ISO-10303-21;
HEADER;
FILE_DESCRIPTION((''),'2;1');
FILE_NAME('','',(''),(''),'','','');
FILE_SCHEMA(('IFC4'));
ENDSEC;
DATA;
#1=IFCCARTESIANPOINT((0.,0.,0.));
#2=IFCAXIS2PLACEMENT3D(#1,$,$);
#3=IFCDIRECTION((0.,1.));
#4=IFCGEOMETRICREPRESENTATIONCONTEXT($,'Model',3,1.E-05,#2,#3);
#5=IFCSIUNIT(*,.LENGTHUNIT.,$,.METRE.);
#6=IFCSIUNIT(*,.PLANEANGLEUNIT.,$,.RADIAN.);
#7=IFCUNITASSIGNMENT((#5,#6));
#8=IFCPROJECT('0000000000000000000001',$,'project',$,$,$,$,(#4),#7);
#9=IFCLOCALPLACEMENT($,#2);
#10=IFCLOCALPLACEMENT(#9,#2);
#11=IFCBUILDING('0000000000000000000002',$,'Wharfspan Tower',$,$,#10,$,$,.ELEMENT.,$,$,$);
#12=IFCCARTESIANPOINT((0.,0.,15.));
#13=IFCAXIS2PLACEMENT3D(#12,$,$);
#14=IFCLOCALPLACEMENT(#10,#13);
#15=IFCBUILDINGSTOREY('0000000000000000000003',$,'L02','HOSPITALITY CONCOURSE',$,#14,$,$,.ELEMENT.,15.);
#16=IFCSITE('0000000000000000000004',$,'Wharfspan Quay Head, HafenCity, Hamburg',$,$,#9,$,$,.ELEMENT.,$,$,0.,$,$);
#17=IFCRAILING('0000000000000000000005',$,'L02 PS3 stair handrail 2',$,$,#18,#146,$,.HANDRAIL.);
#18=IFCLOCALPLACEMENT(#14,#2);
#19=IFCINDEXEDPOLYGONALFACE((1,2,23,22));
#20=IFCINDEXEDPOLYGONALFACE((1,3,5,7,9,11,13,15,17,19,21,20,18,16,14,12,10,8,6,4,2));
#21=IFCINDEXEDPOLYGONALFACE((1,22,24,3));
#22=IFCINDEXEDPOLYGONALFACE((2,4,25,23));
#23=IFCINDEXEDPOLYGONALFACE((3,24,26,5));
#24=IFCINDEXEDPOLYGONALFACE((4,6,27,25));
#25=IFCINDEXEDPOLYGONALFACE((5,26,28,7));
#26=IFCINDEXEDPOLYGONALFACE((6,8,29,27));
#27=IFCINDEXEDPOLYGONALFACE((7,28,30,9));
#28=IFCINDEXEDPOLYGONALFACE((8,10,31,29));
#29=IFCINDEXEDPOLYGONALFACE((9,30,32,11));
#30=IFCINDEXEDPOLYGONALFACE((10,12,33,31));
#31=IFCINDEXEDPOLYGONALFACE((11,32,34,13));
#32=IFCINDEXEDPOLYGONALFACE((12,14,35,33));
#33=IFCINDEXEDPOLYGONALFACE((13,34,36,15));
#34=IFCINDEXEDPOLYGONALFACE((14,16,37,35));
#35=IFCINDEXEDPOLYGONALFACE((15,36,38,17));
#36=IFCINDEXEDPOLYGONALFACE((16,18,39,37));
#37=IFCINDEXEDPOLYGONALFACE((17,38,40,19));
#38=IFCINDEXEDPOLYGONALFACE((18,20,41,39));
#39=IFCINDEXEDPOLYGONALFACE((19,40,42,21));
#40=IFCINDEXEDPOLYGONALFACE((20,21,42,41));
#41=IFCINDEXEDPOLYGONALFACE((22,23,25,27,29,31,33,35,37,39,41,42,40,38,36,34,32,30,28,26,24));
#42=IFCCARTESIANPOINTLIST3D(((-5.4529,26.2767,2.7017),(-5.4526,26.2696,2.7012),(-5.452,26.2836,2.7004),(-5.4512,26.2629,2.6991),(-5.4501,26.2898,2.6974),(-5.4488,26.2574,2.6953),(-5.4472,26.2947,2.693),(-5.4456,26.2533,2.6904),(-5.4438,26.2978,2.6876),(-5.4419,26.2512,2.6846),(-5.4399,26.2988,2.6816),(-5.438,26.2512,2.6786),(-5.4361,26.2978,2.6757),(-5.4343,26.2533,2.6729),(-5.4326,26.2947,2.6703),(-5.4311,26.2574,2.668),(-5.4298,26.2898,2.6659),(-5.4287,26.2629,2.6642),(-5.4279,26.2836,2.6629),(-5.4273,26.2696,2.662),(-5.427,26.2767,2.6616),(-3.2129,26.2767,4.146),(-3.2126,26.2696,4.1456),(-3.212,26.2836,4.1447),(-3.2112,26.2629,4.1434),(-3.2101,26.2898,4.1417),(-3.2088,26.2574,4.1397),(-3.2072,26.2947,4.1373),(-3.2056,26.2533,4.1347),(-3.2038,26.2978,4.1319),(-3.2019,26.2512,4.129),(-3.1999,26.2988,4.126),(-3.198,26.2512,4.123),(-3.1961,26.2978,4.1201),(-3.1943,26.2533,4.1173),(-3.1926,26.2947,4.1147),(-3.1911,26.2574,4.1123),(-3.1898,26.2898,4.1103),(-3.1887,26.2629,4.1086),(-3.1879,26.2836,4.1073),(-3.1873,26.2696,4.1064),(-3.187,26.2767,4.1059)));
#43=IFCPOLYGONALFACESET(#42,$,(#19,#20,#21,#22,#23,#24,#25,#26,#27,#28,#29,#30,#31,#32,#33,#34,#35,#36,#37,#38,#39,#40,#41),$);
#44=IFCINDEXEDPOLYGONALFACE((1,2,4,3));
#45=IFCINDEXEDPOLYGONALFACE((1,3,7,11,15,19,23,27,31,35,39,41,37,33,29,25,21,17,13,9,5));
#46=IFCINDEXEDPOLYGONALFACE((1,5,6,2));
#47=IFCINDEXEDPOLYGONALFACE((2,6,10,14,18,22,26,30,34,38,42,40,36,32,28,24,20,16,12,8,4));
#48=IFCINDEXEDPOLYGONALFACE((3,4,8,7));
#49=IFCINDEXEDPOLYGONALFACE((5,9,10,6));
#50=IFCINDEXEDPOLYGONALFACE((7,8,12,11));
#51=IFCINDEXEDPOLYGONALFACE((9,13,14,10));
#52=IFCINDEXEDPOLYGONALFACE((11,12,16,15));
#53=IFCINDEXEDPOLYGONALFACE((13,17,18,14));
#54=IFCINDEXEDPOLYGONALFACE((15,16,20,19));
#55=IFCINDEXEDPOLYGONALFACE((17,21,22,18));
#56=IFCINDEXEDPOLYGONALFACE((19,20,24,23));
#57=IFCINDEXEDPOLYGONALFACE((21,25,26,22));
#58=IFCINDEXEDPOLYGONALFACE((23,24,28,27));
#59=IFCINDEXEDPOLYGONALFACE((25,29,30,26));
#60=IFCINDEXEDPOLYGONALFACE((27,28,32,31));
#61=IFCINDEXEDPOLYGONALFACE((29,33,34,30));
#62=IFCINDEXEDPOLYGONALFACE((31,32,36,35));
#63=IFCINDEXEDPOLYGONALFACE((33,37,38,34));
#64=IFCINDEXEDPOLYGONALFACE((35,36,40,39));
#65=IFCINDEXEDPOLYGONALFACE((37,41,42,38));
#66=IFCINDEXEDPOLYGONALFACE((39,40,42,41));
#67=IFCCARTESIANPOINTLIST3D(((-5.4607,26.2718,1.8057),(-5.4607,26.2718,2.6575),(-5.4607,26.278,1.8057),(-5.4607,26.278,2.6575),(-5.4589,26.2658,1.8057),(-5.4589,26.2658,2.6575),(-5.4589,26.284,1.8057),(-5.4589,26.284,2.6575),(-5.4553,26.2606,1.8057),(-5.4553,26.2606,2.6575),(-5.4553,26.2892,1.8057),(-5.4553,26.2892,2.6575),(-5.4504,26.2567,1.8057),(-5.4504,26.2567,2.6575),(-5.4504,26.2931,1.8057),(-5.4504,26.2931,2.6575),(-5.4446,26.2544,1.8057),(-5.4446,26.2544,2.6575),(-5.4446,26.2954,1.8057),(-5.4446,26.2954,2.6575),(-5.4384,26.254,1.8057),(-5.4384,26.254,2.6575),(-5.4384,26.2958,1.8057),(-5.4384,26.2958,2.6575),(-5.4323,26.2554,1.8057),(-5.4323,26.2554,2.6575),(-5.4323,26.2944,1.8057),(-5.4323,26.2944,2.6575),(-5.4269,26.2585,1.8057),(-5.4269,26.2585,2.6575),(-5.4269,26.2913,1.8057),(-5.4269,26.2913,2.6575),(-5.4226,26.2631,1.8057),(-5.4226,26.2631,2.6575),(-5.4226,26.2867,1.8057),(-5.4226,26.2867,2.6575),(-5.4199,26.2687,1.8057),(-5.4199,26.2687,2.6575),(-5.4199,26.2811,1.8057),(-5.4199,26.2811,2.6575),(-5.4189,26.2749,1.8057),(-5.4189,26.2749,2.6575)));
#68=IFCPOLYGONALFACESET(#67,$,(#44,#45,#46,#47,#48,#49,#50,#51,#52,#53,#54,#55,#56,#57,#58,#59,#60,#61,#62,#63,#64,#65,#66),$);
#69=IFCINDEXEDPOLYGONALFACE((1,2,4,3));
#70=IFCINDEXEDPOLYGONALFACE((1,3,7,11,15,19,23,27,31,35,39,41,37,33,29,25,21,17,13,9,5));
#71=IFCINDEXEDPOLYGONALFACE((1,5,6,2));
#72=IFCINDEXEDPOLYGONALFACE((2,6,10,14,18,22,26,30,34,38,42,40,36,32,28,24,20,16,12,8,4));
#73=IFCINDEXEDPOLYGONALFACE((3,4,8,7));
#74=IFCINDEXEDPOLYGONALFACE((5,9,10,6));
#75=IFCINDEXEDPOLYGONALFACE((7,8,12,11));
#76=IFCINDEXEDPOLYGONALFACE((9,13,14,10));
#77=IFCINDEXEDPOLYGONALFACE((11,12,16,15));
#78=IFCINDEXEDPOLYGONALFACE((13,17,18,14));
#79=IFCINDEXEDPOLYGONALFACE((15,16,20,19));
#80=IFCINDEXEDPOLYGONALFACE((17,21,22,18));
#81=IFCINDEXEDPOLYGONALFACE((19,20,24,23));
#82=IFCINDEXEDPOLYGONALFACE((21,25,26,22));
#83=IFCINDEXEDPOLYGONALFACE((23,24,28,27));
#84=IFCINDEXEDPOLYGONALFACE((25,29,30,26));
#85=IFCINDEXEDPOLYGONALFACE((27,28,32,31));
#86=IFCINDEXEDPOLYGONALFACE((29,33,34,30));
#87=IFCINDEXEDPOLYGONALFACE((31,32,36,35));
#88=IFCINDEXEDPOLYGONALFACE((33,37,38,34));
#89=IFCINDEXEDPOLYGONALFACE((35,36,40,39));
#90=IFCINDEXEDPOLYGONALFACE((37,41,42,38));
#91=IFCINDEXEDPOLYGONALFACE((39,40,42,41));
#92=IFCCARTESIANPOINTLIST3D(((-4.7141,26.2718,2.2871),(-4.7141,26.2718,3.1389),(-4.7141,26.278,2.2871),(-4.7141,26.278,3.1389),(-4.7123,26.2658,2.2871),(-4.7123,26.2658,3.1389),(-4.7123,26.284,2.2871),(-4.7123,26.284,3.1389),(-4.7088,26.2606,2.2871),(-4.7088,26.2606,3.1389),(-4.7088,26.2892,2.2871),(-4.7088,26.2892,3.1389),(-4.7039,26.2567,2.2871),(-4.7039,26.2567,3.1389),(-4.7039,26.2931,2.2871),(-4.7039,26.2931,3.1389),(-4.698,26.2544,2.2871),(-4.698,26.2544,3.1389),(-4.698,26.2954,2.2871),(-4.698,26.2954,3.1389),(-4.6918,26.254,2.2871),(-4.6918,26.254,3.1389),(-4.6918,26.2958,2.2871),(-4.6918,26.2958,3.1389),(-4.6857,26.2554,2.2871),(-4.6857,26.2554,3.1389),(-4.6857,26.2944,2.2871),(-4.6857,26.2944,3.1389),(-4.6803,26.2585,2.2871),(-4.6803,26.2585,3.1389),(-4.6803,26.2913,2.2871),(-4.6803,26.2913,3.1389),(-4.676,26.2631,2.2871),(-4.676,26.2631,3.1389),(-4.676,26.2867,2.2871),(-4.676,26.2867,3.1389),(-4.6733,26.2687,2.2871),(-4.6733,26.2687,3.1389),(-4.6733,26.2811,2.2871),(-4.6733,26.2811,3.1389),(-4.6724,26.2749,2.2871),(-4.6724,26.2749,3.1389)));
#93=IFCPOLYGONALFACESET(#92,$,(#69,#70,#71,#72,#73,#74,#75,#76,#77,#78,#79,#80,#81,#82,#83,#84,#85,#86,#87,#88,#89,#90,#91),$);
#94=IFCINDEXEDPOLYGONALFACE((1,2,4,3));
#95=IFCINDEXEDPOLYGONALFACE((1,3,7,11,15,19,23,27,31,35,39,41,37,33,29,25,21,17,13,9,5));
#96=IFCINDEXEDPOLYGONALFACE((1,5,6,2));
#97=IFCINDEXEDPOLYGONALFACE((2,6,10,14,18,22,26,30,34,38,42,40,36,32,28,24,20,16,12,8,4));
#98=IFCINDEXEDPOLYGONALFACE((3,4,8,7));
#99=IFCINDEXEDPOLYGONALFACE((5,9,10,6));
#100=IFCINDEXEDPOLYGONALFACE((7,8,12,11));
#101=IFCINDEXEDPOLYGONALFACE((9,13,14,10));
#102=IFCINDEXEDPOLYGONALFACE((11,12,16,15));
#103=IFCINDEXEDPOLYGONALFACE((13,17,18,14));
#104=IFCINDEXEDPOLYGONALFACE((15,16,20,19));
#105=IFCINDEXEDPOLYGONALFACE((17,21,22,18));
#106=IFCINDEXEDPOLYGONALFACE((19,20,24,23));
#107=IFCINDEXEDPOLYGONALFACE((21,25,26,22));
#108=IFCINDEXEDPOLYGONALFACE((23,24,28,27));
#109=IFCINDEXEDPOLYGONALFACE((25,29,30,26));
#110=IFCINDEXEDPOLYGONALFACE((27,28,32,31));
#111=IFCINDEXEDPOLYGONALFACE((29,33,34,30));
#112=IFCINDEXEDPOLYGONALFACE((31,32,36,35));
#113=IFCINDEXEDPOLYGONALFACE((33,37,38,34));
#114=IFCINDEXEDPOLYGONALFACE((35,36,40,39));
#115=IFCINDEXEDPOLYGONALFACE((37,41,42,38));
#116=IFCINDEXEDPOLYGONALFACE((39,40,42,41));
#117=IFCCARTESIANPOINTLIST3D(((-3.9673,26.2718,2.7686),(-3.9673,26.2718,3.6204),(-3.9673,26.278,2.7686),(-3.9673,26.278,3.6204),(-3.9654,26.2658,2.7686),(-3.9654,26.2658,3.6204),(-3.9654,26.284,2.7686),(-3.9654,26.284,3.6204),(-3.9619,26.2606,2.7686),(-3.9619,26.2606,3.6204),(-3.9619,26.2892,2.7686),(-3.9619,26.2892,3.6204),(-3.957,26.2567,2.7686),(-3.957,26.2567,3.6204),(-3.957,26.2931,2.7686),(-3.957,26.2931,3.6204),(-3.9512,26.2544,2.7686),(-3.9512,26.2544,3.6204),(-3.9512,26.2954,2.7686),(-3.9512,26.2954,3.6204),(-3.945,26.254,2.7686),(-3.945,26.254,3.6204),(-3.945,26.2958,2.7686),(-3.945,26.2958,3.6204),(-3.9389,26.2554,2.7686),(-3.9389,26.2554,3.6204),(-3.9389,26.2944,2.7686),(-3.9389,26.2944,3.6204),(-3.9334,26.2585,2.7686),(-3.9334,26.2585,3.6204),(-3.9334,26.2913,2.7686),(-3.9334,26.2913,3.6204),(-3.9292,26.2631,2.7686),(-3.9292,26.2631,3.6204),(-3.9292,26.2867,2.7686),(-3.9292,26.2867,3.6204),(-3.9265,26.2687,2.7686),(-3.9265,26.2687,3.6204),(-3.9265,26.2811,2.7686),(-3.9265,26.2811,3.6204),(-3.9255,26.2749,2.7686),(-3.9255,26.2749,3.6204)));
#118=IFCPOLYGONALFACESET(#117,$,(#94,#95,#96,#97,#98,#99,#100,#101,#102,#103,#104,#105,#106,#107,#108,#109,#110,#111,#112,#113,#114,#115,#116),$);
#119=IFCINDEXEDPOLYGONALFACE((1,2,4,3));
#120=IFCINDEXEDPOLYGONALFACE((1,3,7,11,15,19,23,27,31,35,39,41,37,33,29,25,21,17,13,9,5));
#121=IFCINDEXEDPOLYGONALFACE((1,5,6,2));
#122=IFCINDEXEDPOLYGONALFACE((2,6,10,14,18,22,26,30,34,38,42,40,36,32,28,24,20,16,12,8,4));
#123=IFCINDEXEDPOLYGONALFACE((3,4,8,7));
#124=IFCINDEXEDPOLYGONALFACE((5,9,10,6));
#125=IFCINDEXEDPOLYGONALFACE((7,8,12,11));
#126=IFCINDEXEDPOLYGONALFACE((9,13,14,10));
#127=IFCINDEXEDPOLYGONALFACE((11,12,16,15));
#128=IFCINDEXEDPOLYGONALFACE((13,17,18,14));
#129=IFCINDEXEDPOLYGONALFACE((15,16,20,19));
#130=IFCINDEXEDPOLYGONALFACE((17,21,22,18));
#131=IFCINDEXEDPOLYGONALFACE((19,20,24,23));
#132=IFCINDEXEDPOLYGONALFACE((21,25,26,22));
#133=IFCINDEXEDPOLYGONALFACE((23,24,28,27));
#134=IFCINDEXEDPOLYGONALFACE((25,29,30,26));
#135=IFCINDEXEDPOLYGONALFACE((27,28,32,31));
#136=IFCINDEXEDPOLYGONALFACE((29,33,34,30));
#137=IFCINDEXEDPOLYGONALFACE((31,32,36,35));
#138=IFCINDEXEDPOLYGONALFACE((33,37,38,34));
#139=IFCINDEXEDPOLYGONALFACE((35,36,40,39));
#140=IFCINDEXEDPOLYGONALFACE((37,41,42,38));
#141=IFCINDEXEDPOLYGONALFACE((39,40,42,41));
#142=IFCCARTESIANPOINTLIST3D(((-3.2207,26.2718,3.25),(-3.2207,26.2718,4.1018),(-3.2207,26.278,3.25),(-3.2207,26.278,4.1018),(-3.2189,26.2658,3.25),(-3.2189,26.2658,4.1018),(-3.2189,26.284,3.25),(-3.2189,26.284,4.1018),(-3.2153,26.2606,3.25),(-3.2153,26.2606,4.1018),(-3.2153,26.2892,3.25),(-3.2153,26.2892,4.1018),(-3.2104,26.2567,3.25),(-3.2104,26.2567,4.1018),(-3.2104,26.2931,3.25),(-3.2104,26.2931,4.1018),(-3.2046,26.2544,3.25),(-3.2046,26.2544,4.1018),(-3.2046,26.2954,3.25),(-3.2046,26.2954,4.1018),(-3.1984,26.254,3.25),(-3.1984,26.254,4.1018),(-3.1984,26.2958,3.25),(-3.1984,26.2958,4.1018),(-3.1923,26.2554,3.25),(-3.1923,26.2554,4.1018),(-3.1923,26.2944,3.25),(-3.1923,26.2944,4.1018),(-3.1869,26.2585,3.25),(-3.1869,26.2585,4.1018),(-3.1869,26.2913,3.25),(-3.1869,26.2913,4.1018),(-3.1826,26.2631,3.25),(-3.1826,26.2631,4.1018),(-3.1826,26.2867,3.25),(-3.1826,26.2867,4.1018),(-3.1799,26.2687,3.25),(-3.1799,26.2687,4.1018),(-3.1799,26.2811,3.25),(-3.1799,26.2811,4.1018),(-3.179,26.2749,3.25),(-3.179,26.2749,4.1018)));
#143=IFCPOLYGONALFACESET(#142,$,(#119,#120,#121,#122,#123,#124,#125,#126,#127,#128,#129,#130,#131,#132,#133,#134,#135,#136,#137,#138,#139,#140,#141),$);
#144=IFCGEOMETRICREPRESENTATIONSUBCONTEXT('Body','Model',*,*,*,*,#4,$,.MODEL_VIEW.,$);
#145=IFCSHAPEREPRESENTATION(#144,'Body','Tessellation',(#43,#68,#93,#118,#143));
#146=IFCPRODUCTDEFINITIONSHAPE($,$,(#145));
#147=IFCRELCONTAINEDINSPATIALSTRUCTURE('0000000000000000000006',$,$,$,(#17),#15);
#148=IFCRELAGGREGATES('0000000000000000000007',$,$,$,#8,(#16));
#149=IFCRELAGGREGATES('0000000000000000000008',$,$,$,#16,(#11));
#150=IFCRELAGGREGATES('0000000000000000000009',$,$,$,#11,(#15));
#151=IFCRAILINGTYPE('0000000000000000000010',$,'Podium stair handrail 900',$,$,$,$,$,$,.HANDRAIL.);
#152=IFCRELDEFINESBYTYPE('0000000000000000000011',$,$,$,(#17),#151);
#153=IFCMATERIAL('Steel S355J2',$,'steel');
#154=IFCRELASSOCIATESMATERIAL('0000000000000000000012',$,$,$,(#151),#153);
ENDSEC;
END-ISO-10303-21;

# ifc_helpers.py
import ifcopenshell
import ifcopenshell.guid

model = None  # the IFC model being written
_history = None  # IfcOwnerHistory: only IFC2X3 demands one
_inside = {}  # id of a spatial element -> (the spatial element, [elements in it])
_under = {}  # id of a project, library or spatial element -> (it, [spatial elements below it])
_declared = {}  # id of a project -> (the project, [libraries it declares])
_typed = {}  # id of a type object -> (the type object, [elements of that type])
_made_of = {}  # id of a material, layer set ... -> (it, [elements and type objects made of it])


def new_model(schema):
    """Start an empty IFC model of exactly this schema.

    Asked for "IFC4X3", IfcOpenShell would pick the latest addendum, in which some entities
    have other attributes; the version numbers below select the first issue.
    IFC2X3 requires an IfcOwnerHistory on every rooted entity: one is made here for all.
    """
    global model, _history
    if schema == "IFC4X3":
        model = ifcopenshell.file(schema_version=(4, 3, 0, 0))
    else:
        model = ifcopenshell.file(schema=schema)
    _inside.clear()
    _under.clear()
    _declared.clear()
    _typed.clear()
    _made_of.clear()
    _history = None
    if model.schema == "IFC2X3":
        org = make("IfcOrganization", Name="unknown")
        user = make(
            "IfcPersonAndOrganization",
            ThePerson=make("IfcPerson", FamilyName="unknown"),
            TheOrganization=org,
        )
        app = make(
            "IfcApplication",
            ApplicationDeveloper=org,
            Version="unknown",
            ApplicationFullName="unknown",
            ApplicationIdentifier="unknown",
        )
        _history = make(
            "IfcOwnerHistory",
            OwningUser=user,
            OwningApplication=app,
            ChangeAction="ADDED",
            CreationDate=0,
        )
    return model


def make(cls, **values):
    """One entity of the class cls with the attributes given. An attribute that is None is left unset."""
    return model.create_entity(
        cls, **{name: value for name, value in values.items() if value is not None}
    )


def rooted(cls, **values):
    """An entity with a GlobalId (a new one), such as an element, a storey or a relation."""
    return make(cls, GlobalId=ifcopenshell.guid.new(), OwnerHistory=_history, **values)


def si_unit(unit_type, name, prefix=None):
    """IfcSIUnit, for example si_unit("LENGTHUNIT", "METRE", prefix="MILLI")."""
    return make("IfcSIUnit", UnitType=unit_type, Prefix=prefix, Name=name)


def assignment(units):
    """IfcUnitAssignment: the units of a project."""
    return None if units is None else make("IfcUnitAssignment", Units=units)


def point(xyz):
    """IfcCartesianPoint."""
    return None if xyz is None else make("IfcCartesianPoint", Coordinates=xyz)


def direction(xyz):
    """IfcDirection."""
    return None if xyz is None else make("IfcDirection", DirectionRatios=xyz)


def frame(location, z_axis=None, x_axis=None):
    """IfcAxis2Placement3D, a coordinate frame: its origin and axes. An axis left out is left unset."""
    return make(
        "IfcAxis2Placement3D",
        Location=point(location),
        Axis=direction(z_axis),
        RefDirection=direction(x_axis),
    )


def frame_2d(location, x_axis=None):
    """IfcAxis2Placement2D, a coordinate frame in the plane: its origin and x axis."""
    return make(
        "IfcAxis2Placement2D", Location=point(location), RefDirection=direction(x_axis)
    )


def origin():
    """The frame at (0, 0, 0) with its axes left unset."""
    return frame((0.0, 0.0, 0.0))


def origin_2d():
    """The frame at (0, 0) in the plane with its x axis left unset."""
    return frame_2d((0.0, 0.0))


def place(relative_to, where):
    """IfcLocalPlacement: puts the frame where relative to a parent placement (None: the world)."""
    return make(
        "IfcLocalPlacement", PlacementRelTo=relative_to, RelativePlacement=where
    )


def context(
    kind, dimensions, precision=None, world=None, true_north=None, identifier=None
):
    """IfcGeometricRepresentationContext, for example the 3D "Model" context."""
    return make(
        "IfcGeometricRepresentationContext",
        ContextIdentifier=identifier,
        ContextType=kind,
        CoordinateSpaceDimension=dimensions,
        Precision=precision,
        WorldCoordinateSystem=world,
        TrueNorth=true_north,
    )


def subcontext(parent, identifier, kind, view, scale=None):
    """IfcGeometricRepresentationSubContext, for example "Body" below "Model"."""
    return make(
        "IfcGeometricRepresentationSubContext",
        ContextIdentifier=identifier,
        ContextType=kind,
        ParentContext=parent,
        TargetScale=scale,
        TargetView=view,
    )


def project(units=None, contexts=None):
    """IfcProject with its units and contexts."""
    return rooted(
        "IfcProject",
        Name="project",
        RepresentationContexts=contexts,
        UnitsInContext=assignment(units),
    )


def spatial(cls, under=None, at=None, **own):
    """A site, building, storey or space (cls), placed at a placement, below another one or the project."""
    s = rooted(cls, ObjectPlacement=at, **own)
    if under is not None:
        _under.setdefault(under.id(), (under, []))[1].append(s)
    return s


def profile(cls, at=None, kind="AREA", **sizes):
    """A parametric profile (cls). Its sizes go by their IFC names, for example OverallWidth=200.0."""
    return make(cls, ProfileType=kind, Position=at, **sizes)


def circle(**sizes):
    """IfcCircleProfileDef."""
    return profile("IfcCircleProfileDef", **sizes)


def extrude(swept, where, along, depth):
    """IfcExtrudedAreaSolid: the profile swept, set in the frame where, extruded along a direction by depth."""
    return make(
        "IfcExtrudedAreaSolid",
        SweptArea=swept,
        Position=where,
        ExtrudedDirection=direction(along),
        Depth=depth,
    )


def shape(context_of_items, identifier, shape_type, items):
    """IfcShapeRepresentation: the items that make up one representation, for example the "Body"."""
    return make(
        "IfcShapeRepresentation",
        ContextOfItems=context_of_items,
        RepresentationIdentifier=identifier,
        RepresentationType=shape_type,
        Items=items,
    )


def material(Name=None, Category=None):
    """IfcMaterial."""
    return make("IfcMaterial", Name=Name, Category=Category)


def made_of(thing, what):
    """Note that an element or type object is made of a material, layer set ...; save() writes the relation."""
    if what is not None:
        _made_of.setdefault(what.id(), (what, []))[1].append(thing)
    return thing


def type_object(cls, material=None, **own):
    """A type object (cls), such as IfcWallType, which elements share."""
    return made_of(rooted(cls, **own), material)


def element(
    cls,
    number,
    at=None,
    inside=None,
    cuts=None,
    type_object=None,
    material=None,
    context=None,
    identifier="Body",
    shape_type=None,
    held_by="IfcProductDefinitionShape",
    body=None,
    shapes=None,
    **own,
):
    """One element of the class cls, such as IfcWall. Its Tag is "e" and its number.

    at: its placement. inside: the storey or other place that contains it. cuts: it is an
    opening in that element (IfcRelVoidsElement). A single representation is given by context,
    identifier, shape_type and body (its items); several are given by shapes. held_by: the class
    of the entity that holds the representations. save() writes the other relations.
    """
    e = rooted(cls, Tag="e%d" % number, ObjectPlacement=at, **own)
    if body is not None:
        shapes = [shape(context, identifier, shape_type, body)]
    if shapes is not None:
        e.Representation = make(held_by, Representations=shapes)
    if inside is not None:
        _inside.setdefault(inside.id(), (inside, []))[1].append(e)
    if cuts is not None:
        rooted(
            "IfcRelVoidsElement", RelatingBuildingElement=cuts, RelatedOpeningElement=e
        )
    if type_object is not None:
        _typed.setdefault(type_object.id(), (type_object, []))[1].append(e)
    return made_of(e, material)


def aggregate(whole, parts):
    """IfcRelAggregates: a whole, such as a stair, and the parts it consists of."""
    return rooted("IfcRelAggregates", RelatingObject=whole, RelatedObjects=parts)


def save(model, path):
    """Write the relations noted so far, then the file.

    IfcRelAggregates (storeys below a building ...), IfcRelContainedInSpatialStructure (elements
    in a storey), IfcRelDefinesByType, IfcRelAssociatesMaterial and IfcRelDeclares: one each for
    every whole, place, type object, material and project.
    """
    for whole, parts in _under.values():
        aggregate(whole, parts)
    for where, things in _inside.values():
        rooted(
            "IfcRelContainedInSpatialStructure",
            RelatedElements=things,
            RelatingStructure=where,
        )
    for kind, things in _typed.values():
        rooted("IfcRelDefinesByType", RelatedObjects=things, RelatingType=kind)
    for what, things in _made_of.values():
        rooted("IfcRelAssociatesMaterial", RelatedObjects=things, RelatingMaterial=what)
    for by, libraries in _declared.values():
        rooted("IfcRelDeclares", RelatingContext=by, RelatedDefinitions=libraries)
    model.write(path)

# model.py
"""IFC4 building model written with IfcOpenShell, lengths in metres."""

from ifc_helpers import new_model, si_unit, direction, frame, origin, origin_2d, place, context, subcontext, project, spatial, circle, extrude, material, type_object, element, save


model = new_model("IFC4")

# Units and contexts
model_context = context("Model", 3, precision=1e-05, world=origin(), true_north=direction((0.0, 1.0)))
body_context = subcontext(model_context, "Body", "Model", "MODEL_VIEW")
ifc_project = project(units=[si_unit("LENGTHUNIT", "METRE"), si_unit("PLANEANGLEUNIT", "RADIAN")], contexts=[model_context])

# Site, building, storey
site_placement = place(None, origin())
site = spatial("IfcSite", under=ifc_project, at=site_placement, Name="Wharfspan Quay Head, HafenCity, Hamburg", CompositionType="ELEMENT", RefElevation=0.0)
building_placement = place(site_placement, origin())
building = spatial("IfcBuilding", under=site, at=building_placement, Name="Wharfspan Tower", CompositionType="ELEMENT")
storey_placement = place(building_placement, frame((0.0, 0.0, 15.0)))
storey = spatial("IfcBuildingStorey", under=building, at=storey_placement, Name="L02", Description="HOSPITALITY CONCOURSE", CompositionType="ELEMENT", Elevation=15.0)

# Railing
ifc_material_1 = material(Name="Steel S355J2", Category="steel")
railing_type_1 = type_object("IfcRailingType", Name="Podium stair handrail 900", PredefinedType="HANDRAIL", material=ifc_material_1)
for number, where, name in (
    (1, (-5.4399, 26.2749, 1.8057), "L02 PS3 stair handrail 2"),
):
    element("IfcRailing", number, at=place(storey_placement, frame(where)), inside=storey, type_object=railing_type_1, Name=name, PredefinedType="HANDRAIL", context=body_context, shape_type="SweptSolid", body=[
        extrude(circle(Radius=0.0239, at=origin_2d()), frame((0.0, 0.0, 0.876), z_axis=(0.840437, 0.0, 0.54191), x_axis=(0.0, 1.0, 0.0)), (0.0, 0.0, 1.0), 2.6653),
        extrude(circle(Radius=0.021, at=origin_2d()), origin(), (0.0, 0.0, 1.0), 0.8518),
        extrude(circle(Radius=0.021, at=origin_2d()), frame((0.7466, 0.0, 0.4814)), (0.0, 0.0, 1.0), 0.8518),
        extrude(circle(Radius=0.021, at=origin_2d()), frame((1.4934, 0.0, 0.9629)), (0.0, 0.0, 1.0), 0.8518),
        extrude(circle(Radius=0.021, at=origin_2d()), frame((2.24, 0.0, 1.4443)), (0.0, 0.0, 1.0), 0.8518),
    ])

save(model, "model.ifc")
